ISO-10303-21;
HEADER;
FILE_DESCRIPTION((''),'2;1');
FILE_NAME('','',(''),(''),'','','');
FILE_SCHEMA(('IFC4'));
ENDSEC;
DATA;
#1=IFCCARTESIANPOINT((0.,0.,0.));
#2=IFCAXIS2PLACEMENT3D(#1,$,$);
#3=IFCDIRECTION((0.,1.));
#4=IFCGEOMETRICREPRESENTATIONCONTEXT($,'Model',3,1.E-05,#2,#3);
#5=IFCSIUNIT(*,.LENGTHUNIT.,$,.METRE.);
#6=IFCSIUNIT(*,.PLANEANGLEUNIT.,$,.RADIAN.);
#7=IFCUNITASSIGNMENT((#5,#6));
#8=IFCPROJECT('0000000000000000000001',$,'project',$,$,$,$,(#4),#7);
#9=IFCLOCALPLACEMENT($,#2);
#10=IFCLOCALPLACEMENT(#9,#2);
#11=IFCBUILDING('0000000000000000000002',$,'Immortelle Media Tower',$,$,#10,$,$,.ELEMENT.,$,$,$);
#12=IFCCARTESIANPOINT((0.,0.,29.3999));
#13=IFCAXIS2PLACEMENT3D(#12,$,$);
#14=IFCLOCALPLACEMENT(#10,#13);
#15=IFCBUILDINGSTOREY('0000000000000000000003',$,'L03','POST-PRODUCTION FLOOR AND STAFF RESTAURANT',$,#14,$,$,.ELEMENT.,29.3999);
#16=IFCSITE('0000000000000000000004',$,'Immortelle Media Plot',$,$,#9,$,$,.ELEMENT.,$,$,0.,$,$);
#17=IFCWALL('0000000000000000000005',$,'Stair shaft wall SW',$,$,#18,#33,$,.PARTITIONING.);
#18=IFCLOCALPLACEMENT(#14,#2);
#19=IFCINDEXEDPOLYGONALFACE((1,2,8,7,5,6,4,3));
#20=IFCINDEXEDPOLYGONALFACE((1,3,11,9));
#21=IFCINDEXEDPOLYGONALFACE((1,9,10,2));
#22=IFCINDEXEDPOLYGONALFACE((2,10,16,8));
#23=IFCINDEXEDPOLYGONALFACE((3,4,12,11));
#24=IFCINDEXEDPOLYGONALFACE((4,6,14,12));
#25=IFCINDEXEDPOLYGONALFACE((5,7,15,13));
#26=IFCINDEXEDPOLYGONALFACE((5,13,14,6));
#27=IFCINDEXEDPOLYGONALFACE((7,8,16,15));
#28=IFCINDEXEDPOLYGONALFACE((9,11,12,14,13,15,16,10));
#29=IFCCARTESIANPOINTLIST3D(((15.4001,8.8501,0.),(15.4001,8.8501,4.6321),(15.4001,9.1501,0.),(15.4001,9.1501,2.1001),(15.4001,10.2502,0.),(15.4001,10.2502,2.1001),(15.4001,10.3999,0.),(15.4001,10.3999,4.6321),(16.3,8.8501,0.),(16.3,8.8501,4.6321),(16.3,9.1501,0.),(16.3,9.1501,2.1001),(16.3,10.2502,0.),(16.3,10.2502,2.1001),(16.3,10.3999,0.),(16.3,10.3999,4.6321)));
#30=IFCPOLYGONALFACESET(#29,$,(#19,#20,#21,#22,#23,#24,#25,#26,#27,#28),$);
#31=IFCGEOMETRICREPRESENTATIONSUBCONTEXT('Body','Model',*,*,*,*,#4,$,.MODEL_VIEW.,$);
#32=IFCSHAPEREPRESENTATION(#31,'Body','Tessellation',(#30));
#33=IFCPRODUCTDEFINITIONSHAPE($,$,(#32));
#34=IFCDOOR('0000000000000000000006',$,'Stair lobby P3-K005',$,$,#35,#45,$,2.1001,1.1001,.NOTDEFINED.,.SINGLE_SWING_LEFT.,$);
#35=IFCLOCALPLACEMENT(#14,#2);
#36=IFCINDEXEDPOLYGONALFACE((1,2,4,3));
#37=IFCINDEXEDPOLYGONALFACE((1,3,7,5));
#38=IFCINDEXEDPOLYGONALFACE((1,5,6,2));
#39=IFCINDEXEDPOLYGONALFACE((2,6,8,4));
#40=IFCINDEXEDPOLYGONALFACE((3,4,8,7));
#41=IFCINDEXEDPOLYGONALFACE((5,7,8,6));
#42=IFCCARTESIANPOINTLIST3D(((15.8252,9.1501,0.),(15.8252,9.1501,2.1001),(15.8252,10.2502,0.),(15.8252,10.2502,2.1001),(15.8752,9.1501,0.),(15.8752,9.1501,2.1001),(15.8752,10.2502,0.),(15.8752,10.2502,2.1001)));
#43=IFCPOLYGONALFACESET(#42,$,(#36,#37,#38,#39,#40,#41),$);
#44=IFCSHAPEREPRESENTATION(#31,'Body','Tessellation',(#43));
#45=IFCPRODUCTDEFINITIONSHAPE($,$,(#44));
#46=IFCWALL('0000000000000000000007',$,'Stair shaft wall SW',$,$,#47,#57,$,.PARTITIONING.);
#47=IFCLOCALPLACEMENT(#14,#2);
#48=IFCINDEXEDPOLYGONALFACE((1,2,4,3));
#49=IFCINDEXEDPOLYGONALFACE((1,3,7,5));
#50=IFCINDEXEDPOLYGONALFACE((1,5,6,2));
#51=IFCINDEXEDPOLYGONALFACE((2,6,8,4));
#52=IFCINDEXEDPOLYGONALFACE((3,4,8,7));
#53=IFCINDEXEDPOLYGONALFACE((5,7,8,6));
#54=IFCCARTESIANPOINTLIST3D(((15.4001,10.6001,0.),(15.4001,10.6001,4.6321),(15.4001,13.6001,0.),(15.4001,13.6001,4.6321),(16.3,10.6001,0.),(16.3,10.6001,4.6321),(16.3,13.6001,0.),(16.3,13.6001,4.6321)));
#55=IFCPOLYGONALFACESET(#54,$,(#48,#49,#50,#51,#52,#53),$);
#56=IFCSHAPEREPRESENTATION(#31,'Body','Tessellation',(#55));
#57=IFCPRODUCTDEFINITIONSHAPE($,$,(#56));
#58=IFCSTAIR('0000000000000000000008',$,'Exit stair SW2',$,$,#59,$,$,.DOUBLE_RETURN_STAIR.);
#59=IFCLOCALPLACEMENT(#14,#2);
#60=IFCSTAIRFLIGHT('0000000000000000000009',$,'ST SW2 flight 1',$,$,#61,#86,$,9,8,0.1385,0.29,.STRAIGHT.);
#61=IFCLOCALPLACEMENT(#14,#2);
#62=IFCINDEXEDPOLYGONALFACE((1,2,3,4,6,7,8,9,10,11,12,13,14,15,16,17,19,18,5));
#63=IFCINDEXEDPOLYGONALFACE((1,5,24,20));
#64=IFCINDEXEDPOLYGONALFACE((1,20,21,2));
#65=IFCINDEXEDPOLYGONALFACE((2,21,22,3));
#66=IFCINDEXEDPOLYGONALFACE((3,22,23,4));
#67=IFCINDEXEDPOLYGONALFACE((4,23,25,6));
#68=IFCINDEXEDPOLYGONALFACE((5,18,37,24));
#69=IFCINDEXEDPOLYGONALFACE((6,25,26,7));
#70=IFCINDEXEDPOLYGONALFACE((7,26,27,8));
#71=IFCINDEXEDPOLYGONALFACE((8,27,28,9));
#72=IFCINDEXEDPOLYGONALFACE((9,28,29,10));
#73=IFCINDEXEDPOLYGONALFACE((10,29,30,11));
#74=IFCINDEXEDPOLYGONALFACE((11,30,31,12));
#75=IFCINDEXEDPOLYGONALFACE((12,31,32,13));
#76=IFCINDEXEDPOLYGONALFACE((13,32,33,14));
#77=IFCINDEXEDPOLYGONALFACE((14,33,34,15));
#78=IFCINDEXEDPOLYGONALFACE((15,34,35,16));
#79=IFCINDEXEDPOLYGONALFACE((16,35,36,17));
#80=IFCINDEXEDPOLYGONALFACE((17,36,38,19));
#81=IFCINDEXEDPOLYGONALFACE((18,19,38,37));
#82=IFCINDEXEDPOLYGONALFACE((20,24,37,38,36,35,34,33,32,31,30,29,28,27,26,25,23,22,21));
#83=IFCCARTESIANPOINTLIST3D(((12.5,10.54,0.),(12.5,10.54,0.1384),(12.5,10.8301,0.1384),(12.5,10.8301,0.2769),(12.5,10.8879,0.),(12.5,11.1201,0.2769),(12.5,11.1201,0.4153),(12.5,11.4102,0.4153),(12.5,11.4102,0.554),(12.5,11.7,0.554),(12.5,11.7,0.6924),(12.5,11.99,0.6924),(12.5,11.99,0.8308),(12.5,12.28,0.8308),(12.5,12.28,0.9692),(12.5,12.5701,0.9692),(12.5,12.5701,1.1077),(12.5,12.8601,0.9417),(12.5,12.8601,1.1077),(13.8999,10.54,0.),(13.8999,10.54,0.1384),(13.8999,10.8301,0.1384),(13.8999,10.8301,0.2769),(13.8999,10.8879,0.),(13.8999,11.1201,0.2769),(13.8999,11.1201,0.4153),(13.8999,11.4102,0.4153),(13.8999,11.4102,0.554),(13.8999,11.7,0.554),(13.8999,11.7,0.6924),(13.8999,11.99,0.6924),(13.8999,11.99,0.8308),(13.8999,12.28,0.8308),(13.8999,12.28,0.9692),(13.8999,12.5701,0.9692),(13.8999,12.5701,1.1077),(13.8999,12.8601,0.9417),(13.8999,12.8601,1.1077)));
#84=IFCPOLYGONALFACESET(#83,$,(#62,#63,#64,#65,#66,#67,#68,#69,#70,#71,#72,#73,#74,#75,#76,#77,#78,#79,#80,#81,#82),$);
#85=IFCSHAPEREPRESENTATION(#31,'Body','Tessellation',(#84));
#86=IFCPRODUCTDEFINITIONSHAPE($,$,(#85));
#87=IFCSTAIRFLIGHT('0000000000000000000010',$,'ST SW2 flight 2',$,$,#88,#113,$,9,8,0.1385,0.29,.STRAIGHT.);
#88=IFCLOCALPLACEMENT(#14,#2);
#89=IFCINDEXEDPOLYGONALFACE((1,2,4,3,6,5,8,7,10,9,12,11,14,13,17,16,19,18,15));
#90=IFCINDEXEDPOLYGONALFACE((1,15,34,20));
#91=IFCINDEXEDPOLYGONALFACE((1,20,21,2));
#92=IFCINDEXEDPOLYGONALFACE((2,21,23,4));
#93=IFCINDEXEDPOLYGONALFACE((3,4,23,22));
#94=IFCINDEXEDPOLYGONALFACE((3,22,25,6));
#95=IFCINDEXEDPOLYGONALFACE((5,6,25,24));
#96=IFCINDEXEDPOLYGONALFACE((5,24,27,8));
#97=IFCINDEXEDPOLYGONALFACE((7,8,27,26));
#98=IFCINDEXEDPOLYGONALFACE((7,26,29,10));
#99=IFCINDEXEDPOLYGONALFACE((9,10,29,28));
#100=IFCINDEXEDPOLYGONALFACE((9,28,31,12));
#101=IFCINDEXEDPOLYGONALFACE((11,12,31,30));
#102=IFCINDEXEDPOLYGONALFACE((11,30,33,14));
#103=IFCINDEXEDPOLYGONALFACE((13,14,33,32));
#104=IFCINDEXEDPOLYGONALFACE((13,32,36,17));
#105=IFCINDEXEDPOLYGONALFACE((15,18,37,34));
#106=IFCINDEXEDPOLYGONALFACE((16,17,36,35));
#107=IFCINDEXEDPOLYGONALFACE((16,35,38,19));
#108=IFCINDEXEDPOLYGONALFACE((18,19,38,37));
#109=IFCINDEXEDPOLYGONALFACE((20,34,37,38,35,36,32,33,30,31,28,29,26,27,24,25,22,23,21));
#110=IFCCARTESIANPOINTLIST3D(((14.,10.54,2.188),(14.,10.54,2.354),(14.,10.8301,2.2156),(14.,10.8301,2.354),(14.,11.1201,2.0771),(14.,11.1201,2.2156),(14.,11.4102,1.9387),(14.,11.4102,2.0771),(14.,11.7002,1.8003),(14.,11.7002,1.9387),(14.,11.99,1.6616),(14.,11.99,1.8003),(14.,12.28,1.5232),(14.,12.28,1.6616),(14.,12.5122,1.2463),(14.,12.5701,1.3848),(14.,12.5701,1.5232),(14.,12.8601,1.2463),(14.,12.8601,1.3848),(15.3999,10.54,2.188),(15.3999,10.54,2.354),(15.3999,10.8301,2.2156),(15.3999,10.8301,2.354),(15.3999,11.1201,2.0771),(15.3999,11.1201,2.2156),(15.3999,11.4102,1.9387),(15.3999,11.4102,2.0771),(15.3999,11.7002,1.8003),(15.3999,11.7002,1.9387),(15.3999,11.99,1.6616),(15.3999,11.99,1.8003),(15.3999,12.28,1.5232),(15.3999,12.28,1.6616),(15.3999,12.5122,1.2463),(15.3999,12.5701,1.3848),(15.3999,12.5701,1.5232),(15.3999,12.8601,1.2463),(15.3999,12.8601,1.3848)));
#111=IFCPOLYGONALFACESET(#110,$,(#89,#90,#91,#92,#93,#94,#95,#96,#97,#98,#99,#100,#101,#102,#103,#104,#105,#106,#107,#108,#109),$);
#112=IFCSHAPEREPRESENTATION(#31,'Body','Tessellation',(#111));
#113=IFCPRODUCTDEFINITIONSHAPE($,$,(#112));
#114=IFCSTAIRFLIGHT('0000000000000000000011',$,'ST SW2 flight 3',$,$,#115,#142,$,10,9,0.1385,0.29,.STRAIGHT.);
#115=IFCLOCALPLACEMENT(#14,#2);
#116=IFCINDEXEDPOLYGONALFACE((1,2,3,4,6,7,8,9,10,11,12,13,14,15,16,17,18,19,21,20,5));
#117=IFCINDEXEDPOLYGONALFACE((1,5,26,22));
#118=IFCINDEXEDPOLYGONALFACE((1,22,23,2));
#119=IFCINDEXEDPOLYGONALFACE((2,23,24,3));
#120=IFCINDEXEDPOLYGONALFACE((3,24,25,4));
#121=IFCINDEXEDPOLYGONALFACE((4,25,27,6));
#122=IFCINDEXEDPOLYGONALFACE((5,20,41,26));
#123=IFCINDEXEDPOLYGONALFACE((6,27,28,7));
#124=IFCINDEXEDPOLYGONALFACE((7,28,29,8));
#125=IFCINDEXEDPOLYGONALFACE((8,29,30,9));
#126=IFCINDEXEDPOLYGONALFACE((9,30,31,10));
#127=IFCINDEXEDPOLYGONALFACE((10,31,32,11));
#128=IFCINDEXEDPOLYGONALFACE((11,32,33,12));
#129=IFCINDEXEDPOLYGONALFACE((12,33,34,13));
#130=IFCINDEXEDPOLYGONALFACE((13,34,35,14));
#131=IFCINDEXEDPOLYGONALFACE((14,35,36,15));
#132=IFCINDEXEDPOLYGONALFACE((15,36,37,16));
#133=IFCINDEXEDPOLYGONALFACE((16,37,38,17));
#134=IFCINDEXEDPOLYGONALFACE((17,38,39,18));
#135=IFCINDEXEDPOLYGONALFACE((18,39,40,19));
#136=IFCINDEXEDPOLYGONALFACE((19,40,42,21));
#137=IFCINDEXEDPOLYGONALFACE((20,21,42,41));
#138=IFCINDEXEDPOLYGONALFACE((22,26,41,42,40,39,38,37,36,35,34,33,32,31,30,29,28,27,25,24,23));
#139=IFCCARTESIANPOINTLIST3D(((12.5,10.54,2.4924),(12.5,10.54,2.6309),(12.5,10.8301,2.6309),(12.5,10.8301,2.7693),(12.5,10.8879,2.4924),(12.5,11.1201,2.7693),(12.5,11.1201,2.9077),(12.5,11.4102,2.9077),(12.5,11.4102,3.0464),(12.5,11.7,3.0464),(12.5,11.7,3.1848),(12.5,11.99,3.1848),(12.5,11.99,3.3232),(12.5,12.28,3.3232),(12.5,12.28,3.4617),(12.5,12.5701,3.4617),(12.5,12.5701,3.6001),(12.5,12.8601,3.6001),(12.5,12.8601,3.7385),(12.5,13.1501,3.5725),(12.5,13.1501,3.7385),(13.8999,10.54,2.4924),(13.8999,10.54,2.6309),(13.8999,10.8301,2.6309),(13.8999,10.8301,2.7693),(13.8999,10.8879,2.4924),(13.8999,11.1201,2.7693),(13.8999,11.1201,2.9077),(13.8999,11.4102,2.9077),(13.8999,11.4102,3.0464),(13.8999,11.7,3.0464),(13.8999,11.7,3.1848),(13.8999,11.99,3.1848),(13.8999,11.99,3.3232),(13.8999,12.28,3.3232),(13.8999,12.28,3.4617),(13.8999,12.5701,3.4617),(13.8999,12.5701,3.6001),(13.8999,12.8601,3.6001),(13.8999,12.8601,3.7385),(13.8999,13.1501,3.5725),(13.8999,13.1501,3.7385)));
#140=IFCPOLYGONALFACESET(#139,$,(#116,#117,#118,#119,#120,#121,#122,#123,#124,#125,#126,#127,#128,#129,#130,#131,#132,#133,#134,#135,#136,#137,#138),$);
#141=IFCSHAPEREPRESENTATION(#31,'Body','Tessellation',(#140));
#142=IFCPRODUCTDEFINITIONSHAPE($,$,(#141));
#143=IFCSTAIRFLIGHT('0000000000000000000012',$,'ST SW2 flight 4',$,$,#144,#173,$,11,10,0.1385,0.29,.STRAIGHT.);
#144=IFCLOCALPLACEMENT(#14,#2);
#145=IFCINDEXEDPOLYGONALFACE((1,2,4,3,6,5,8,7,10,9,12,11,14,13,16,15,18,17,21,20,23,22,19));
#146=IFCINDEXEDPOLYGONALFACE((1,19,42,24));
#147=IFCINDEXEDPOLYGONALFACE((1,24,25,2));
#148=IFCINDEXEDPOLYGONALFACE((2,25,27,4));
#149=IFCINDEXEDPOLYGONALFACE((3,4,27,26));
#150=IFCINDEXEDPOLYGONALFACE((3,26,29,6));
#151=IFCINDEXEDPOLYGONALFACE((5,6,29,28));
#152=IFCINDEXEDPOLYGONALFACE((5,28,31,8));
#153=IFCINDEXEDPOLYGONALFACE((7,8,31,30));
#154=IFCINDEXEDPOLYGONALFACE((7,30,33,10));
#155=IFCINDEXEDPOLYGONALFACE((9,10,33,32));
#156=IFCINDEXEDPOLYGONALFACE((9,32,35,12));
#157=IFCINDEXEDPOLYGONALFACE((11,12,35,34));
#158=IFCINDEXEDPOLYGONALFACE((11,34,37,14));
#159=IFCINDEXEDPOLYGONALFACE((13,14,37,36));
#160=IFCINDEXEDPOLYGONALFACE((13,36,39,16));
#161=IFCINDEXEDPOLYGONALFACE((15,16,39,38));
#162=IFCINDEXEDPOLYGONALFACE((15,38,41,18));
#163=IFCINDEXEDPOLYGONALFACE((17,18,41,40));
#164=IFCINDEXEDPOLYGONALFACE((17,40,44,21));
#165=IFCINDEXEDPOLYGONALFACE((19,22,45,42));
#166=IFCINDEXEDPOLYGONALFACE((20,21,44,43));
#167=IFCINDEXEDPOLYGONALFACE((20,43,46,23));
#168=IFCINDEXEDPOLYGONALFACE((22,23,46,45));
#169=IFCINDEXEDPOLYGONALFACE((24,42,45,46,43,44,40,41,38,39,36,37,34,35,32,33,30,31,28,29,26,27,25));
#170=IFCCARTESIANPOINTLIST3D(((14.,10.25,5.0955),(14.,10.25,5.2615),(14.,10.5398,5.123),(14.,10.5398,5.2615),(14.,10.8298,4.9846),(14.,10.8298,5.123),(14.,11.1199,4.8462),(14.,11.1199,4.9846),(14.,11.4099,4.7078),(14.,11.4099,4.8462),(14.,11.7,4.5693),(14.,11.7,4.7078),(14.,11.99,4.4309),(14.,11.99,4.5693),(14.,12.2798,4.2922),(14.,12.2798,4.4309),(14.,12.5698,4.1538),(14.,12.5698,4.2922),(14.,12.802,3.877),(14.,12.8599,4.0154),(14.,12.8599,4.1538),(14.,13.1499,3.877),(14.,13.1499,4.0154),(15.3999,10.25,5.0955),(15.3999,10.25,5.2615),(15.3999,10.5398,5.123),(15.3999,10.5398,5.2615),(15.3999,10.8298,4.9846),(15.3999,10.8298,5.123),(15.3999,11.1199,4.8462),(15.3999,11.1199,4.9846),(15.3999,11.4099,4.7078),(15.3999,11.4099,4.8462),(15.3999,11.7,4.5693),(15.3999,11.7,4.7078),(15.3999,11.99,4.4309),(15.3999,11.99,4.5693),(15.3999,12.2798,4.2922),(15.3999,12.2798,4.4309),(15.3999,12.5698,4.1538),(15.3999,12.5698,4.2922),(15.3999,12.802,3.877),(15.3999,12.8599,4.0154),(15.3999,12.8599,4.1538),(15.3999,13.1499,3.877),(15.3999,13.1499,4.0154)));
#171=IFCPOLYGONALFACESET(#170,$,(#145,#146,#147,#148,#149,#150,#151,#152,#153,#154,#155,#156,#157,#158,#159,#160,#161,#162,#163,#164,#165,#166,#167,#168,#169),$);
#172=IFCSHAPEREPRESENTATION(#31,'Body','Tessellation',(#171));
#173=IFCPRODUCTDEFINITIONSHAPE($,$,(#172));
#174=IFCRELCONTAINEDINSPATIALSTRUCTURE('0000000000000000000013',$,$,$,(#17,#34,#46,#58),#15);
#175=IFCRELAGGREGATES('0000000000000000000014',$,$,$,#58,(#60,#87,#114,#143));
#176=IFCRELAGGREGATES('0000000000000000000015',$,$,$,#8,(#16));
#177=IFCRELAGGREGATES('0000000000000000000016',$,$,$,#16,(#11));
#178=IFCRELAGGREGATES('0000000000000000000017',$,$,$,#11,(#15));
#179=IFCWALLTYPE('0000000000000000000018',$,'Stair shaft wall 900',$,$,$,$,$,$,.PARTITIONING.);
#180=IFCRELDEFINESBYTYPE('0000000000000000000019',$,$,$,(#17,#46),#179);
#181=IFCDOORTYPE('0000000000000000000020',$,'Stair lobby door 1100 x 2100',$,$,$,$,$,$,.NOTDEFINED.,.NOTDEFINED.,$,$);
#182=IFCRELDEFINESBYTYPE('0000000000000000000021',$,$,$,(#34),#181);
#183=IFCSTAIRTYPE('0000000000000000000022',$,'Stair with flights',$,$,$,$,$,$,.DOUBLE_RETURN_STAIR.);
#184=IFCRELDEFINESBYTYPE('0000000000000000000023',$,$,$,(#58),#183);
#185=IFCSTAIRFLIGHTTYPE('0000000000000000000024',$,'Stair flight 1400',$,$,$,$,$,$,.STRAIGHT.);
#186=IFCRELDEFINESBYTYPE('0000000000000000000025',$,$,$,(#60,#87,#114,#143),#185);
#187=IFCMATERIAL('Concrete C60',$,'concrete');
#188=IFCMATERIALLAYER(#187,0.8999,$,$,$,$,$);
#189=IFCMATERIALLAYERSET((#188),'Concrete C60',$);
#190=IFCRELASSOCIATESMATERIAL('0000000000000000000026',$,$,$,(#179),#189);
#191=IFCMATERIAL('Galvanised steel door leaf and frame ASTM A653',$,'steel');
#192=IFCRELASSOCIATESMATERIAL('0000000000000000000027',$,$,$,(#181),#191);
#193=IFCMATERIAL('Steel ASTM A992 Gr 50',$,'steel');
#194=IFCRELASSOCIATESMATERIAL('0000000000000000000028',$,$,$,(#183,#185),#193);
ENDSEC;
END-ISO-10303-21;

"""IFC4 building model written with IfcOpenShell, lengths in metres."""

from ifc_helpers import new_model, si_unit, direction, frame, frame_2d, origin, place, context, subcontext, project, spatial, polyline, rectangle, outline, extrude, material, layer, layer_set, type_object, element, fill, aggregate, save


model = new_model("IFC4")

# Units and contexts
model_context = context("Model", 3, precision=1e-05, world=origin(), true_north=direction((0.0, 1.0)))
body_context = subcontext(model_context, "Body", "Model", "MODEL_VIEW")
ifc_project = project(units=[si_unit("LENGTHUNIT", "METRE"), si_unit("PLANEANGLEUNIT", "RADIAN")], contexts=[model_context])

# Site, building, storey
site_placement = place(None, origin())
site = spatial("IfcSite", under=ifc_project, at=site_placement, Name="Immortelle Media Plot", CompositionType="ELEMENT", RefElevation=0.0)
building_placement = place(site_placement, origin())
building = spatial("IfcBuilding", under=site, at=building_placement, Name="Immortelle Media Tower", CompositionType="ELEMENT")
storey_placement = place(building_placement, frame((0.0, 0.0, 29.3999)))
storey = spatial("IfcBuildingStorey", under=building, at=storey_placement, Name="L03", Description="POST-PRODUCTION FLOOR AND STAFF RESTAURANT", CompositionType="ELEMENT", Elevation=29.3999)

# Shared definitions
ifc_material_1 = material(Name="Steel ASTM A992 Gr 50", Category="steel")

# Shared definitions
ifc_material_2 = material(Name="Concrete C60", Category="concrete")

# Wall, opening, door
ifc_layer_1 = layer(ifc_material_2, 0.8999)
ifc_layer_set_1 = layer_set([ifc_layer_1], Name="Concrete C60")
wall_type_1 = type_object("IfcWallType", Name="Stair shaft wall 900", PredefinedType="PARTITIONING", material=ifc_layer_set_1)
wall_1_placement = place(storey_placement, frame((15.8501, 8.8501, 0.0), z_axis=(0.0, 0.0, 1.0), x_axis=(0.0, 1.0, 0.0)))
wall_1 = element("IfcWall", 1, at=wall_1_placement, inside=storey, type_object=wall_type_1, Name="Stair shaft wall SW", PredefinedType="PARTITIONING", context=body_context, shape_type="SweptSolid", body=[
    extrude(rectangle(XDim=1.5498, YDim=0.8999, at=frame_2d((0.7749, 0.0))), origin(), (0.0, 0.0, 1.0), 4.6321),
])
opening_1_placement = place(wall_1_placement, frame((0.3, 0.0, 0.0)))
opening_1 = element("IfcOpeningElement", 2, at=opening_1_placement, cuts=wall_1, PredefinedType="OPENING", context=body_context, shape_type="SweptSolid", body=[
    extrude(rectangle(XDim=1.1001, YDim=2.1001, at=frame_2d((0.55, 1.05))), frame((0.0, 0.46, 0.0), z_axis=(0.0, -1.0, 0.0), x_axis=(1.0, 0.0, 0.0)), (0.0, 0.0, 1.0), 0.9199),
])
ifc_material_3 = material(Name="Galvanised steel door leaf and frame ASTM A653", Category="steel")
door_type_1 = type_object("IfcDoorType", Name="Stair lobby door 1100 x 2100", OperationType="NOTDEFINED", PredefinedType="NOTDEFINED", material=ifc_material_3)
door_1_placement = place(opening_1_placement, origin())
door_1 = element("IfcDoor", 3, at=door_1_placement, inside=storey, type_object=door_type_1, Name="Stair lobby P3-K005", OperationType="SINGLE_SWING_LEFT", OverallHeight=2.1001, OverallWidth=1.1001, PredefinedType="NOTDEFINED", context=body_context, shape_type="SweptSolid", body=[
    extrude(rectangle(XDim=1.1001, YDim=2.1001, at=frame_2d((0.55, 1.05))), frame((0.0, 0.0249, 0.0), z_axis=(0.0, -1.0, 0.0), x_axis=(1.0, 0.0, 0.0)), (0.0, 0.0, 1.0), 0.05),
])
fill(opening_1, door_1)

# Wall
wall_2_placement = place(storey_placement, frame((15.8501, 10.6001, 0.0), z_axis=(0.0, 0.0, 1.0), x_axis=(0.0, 1.0, 0.0)))
element("IfcWall", 4, at=wall_2_placement, inside=storey, type_object=wall_type_1, Name="Stair shaft wall SW", PredefinedType="PARTITIONING", context=body_context, shape_type="SweptSolid", body=[
    extrude(rectangle(XDim=3.0, YDim=0.8999, at=frame_2d((1.5, 0.0))), origin(), (0.0, 0.0, 1.0), 4.6321),
])

# Stair, stair flights
stair_type = type_object("IfcStairType", Name="Stair with flights", PredefinedType="DOUBLE_RETURN_STAIR", material=ifc_material_1)
stair_placement = place(storey_placement, origin())
stair = element("IfcStair", 5, at=stair_placement, inside=storey, type_object=stair_type, Name="Exit stair SW2", PredefinedType="DOUBLE_RETURN_STAIR")
stair_flight_type = type_object("IfcStairFlightType", Name="Stair flight 1400", PredefinedType="STRAIGHT", material=ifc_material_1)
stair_flight_1_placement = place(storey_placement, frame((13.2, 10.54, 0.0), z_axis=(0.0, 0.0, 1.0), x_axis=(0.0, 1.0, 0.0)))
stair_flight_1 = element("IfcStairFlight", 6, at=stair_flight_1_placement, type_object=stair_flight_type, Name="ST SW2 flight 1", NumberOfRisers=9, NumberOfTreads=8, PredefinedType="STRAIGHT", RiserHeight=0.1385, TreadLength=0.29, context=body_context, shape_type="SweptSolid", body=[
    extrude(outline(polyline([(0.0, 0.0), (0.0, 0.1384), (0.29, 0.1384), (0.29, 0.2769), (0.5801, 0.2769), (0.5801, 0.4153), (0.8701, 0.4153), (0.8701, 0.554), (1.1599, 0.554), (1.1599, 0.6924), (1.45, 0.6924), (1.45, 0.8308), (1.74, 0.8308), (1.74, 0.9692), (2.03, 0.9692), (2.03, 1.1077), (2.3201, 1.1077), (2.3201, 1.2461), (2.3201, 0.9417), (0.3479, 0.0), (0.0, 0.0)])), frame((0.0, 0.7, 0.0), z_axis=(0.0, -1.0, 0.0), x_axis=(1.0, 0.0, 0.0)), (0.0, 0.0, 1.0), 1.3999),
])
stair_flight_2_placement = place(storey_placement, frame((14.7, 12.8601, 1.2463), z_axis=(0.0, 0.0, 1.0), x_axis=(0.0, -1.0, 0.0)))
stair_flight_2 = element("IfcStairFlight", 7, at=stair_flight_2_placement, type_object=stair_flight_type, Name="ST SW2 flight 2", NumberOfRisers=9, NumberOfTreads=8, PredefinedType="STRAIGHT", RiserHeight=0.1385, TreadLength=0.29, context=body_context, shape_type="SweptSolid", body=[
    extrude(outline(polyline([(0.0, 0.0), (0.0, 0.1384), (0.29, 0.1384), (0.29, 0.2769), (0.5801, 0.2769), (0.5801, 0.4153), (0.8701, 0.4153), (0.8701, 0.554), (1.1599, 0.554), (1.1599, 0.6924), (1.45, 0.6924), (1.45, 0.8308), (1.74, 0.8308), (1.74, 0.9692), (2.03, 0.9692), (2.03, 1.1077), (2.3201, 1.1077), (2.3201, 1.2461), (2.3201, 0.9417), (0.3479, 0.0), (0.0, 0.0)])), frame((0.0, 0.7, 0.0), z_axis=(0.0, -1.0, 0.0), x_axis=(1.0, 0.0, 0.0)), (0.0, 0.0, 1.0), 1.3999),
])
stair_flight_3_placement = place(storey_placement, frame((13.2, 10.54, 2.4924), z_axis=(0.0, 0.0, 1.0), x_axis=(0.0, 1.0, 0.0)))
stair_flight_3 = element("IfcStairFlight", 8, at=stair_flight_3_placement, type_object=stair_flight_type, Name="ST SW2 flight 3", NumberOfRisers=10, NumberOfTreads=9, PredefinedType="STRAIGHT", RiserHeight=0.1385, TreadLength=0.29, context=body_context, shape_type="SweptSolid", body=[
    extrude(outline(polyline([(0.0, 0.0), (0.0, 0.1384), (0.29, 0.1384), (0.29, 0.2769), (0.5801, 0.2769), (0.5801, 0.4153), (0.8701, 0.4153), (0.8701, 0.554), (1.1599, 0.554), (1.1599, 0.6924), (1.45, 0.6924), (1.45, 0.8308), (1.74, 0.8308), (1.74, 0.9692), (2.03, 0.9692), (2.03, 1.1077), (2.3201, 1.1077), (2.3201, 1.2461), (2.6101, 1.2461), (2.6101, 1.3845), (2.6101, 1.0801), (0.3479, 0.0), (0.0, 0.0)])), frame((0.0, 0.7, 0.0), z_axis=(0.0, -1.0, 0.0), x_axis=(1.0, 0.0, 0.0)), (0.0, 0.0, 1.0), 1.3999),
])
stair_flight_4_placement = place(storey_placement, frame((14.7, 13.1499, 3.877), z_axis=(0.0, 0.0, 1.0), x_axis=(0.0, -1.0, 0.0)))
stair_flight_4 = element("IfcStairFlight", 9, at=stair_flight_4_placement, type_object=stair_flight_type, Name="ST SW2 flight 4", NumberOfRisers=11, NumberOfTreads=10, PredefinedType="STRAIGHT", RiserHeight=0.1385, TreadLength=0.29, context=body_context, shape_type="SweptSolid", body=[
    extrude(outline(polyline([(0.0, 0.0), (0.0, 0.1384), (0.29, 0.1384), (0.29, 0.2769), (0.5801, 0.2769), (0.5801, 0.4153), (0.8701, 0.4153), (0.8701, 0.554), (1.1599, 0.554), (1.1599, 0.6924), (1.45, 0.6924), (1.45, 0.8308), (1.74, 0.8308), (1.74, 0.9692), (2.03, 0.9692), (2.03, 1.1077), (2.3201, 1.1077), (2.3201, 1.2461), (2.6101, 1.2461), (2.6101, 1.3845), (2.8999, 1.3845), (2.8999, 1.5232), (2.8999, 1.2185), (0.3479, 0.0), (0.0, 0.0)])), frame((0.0, 0.7, 0.0), z_axis=(0.0, -1.0, 0.0), x_axis=(1.0, 0.0, 0.0)), (0.0, 0.0, 1.0), 1.3999),
])
aggregate(stair, [stair_flight_1, stair_flight_2, stair_flight_3, stair_flight_4])

save(model, "model.ifc")
